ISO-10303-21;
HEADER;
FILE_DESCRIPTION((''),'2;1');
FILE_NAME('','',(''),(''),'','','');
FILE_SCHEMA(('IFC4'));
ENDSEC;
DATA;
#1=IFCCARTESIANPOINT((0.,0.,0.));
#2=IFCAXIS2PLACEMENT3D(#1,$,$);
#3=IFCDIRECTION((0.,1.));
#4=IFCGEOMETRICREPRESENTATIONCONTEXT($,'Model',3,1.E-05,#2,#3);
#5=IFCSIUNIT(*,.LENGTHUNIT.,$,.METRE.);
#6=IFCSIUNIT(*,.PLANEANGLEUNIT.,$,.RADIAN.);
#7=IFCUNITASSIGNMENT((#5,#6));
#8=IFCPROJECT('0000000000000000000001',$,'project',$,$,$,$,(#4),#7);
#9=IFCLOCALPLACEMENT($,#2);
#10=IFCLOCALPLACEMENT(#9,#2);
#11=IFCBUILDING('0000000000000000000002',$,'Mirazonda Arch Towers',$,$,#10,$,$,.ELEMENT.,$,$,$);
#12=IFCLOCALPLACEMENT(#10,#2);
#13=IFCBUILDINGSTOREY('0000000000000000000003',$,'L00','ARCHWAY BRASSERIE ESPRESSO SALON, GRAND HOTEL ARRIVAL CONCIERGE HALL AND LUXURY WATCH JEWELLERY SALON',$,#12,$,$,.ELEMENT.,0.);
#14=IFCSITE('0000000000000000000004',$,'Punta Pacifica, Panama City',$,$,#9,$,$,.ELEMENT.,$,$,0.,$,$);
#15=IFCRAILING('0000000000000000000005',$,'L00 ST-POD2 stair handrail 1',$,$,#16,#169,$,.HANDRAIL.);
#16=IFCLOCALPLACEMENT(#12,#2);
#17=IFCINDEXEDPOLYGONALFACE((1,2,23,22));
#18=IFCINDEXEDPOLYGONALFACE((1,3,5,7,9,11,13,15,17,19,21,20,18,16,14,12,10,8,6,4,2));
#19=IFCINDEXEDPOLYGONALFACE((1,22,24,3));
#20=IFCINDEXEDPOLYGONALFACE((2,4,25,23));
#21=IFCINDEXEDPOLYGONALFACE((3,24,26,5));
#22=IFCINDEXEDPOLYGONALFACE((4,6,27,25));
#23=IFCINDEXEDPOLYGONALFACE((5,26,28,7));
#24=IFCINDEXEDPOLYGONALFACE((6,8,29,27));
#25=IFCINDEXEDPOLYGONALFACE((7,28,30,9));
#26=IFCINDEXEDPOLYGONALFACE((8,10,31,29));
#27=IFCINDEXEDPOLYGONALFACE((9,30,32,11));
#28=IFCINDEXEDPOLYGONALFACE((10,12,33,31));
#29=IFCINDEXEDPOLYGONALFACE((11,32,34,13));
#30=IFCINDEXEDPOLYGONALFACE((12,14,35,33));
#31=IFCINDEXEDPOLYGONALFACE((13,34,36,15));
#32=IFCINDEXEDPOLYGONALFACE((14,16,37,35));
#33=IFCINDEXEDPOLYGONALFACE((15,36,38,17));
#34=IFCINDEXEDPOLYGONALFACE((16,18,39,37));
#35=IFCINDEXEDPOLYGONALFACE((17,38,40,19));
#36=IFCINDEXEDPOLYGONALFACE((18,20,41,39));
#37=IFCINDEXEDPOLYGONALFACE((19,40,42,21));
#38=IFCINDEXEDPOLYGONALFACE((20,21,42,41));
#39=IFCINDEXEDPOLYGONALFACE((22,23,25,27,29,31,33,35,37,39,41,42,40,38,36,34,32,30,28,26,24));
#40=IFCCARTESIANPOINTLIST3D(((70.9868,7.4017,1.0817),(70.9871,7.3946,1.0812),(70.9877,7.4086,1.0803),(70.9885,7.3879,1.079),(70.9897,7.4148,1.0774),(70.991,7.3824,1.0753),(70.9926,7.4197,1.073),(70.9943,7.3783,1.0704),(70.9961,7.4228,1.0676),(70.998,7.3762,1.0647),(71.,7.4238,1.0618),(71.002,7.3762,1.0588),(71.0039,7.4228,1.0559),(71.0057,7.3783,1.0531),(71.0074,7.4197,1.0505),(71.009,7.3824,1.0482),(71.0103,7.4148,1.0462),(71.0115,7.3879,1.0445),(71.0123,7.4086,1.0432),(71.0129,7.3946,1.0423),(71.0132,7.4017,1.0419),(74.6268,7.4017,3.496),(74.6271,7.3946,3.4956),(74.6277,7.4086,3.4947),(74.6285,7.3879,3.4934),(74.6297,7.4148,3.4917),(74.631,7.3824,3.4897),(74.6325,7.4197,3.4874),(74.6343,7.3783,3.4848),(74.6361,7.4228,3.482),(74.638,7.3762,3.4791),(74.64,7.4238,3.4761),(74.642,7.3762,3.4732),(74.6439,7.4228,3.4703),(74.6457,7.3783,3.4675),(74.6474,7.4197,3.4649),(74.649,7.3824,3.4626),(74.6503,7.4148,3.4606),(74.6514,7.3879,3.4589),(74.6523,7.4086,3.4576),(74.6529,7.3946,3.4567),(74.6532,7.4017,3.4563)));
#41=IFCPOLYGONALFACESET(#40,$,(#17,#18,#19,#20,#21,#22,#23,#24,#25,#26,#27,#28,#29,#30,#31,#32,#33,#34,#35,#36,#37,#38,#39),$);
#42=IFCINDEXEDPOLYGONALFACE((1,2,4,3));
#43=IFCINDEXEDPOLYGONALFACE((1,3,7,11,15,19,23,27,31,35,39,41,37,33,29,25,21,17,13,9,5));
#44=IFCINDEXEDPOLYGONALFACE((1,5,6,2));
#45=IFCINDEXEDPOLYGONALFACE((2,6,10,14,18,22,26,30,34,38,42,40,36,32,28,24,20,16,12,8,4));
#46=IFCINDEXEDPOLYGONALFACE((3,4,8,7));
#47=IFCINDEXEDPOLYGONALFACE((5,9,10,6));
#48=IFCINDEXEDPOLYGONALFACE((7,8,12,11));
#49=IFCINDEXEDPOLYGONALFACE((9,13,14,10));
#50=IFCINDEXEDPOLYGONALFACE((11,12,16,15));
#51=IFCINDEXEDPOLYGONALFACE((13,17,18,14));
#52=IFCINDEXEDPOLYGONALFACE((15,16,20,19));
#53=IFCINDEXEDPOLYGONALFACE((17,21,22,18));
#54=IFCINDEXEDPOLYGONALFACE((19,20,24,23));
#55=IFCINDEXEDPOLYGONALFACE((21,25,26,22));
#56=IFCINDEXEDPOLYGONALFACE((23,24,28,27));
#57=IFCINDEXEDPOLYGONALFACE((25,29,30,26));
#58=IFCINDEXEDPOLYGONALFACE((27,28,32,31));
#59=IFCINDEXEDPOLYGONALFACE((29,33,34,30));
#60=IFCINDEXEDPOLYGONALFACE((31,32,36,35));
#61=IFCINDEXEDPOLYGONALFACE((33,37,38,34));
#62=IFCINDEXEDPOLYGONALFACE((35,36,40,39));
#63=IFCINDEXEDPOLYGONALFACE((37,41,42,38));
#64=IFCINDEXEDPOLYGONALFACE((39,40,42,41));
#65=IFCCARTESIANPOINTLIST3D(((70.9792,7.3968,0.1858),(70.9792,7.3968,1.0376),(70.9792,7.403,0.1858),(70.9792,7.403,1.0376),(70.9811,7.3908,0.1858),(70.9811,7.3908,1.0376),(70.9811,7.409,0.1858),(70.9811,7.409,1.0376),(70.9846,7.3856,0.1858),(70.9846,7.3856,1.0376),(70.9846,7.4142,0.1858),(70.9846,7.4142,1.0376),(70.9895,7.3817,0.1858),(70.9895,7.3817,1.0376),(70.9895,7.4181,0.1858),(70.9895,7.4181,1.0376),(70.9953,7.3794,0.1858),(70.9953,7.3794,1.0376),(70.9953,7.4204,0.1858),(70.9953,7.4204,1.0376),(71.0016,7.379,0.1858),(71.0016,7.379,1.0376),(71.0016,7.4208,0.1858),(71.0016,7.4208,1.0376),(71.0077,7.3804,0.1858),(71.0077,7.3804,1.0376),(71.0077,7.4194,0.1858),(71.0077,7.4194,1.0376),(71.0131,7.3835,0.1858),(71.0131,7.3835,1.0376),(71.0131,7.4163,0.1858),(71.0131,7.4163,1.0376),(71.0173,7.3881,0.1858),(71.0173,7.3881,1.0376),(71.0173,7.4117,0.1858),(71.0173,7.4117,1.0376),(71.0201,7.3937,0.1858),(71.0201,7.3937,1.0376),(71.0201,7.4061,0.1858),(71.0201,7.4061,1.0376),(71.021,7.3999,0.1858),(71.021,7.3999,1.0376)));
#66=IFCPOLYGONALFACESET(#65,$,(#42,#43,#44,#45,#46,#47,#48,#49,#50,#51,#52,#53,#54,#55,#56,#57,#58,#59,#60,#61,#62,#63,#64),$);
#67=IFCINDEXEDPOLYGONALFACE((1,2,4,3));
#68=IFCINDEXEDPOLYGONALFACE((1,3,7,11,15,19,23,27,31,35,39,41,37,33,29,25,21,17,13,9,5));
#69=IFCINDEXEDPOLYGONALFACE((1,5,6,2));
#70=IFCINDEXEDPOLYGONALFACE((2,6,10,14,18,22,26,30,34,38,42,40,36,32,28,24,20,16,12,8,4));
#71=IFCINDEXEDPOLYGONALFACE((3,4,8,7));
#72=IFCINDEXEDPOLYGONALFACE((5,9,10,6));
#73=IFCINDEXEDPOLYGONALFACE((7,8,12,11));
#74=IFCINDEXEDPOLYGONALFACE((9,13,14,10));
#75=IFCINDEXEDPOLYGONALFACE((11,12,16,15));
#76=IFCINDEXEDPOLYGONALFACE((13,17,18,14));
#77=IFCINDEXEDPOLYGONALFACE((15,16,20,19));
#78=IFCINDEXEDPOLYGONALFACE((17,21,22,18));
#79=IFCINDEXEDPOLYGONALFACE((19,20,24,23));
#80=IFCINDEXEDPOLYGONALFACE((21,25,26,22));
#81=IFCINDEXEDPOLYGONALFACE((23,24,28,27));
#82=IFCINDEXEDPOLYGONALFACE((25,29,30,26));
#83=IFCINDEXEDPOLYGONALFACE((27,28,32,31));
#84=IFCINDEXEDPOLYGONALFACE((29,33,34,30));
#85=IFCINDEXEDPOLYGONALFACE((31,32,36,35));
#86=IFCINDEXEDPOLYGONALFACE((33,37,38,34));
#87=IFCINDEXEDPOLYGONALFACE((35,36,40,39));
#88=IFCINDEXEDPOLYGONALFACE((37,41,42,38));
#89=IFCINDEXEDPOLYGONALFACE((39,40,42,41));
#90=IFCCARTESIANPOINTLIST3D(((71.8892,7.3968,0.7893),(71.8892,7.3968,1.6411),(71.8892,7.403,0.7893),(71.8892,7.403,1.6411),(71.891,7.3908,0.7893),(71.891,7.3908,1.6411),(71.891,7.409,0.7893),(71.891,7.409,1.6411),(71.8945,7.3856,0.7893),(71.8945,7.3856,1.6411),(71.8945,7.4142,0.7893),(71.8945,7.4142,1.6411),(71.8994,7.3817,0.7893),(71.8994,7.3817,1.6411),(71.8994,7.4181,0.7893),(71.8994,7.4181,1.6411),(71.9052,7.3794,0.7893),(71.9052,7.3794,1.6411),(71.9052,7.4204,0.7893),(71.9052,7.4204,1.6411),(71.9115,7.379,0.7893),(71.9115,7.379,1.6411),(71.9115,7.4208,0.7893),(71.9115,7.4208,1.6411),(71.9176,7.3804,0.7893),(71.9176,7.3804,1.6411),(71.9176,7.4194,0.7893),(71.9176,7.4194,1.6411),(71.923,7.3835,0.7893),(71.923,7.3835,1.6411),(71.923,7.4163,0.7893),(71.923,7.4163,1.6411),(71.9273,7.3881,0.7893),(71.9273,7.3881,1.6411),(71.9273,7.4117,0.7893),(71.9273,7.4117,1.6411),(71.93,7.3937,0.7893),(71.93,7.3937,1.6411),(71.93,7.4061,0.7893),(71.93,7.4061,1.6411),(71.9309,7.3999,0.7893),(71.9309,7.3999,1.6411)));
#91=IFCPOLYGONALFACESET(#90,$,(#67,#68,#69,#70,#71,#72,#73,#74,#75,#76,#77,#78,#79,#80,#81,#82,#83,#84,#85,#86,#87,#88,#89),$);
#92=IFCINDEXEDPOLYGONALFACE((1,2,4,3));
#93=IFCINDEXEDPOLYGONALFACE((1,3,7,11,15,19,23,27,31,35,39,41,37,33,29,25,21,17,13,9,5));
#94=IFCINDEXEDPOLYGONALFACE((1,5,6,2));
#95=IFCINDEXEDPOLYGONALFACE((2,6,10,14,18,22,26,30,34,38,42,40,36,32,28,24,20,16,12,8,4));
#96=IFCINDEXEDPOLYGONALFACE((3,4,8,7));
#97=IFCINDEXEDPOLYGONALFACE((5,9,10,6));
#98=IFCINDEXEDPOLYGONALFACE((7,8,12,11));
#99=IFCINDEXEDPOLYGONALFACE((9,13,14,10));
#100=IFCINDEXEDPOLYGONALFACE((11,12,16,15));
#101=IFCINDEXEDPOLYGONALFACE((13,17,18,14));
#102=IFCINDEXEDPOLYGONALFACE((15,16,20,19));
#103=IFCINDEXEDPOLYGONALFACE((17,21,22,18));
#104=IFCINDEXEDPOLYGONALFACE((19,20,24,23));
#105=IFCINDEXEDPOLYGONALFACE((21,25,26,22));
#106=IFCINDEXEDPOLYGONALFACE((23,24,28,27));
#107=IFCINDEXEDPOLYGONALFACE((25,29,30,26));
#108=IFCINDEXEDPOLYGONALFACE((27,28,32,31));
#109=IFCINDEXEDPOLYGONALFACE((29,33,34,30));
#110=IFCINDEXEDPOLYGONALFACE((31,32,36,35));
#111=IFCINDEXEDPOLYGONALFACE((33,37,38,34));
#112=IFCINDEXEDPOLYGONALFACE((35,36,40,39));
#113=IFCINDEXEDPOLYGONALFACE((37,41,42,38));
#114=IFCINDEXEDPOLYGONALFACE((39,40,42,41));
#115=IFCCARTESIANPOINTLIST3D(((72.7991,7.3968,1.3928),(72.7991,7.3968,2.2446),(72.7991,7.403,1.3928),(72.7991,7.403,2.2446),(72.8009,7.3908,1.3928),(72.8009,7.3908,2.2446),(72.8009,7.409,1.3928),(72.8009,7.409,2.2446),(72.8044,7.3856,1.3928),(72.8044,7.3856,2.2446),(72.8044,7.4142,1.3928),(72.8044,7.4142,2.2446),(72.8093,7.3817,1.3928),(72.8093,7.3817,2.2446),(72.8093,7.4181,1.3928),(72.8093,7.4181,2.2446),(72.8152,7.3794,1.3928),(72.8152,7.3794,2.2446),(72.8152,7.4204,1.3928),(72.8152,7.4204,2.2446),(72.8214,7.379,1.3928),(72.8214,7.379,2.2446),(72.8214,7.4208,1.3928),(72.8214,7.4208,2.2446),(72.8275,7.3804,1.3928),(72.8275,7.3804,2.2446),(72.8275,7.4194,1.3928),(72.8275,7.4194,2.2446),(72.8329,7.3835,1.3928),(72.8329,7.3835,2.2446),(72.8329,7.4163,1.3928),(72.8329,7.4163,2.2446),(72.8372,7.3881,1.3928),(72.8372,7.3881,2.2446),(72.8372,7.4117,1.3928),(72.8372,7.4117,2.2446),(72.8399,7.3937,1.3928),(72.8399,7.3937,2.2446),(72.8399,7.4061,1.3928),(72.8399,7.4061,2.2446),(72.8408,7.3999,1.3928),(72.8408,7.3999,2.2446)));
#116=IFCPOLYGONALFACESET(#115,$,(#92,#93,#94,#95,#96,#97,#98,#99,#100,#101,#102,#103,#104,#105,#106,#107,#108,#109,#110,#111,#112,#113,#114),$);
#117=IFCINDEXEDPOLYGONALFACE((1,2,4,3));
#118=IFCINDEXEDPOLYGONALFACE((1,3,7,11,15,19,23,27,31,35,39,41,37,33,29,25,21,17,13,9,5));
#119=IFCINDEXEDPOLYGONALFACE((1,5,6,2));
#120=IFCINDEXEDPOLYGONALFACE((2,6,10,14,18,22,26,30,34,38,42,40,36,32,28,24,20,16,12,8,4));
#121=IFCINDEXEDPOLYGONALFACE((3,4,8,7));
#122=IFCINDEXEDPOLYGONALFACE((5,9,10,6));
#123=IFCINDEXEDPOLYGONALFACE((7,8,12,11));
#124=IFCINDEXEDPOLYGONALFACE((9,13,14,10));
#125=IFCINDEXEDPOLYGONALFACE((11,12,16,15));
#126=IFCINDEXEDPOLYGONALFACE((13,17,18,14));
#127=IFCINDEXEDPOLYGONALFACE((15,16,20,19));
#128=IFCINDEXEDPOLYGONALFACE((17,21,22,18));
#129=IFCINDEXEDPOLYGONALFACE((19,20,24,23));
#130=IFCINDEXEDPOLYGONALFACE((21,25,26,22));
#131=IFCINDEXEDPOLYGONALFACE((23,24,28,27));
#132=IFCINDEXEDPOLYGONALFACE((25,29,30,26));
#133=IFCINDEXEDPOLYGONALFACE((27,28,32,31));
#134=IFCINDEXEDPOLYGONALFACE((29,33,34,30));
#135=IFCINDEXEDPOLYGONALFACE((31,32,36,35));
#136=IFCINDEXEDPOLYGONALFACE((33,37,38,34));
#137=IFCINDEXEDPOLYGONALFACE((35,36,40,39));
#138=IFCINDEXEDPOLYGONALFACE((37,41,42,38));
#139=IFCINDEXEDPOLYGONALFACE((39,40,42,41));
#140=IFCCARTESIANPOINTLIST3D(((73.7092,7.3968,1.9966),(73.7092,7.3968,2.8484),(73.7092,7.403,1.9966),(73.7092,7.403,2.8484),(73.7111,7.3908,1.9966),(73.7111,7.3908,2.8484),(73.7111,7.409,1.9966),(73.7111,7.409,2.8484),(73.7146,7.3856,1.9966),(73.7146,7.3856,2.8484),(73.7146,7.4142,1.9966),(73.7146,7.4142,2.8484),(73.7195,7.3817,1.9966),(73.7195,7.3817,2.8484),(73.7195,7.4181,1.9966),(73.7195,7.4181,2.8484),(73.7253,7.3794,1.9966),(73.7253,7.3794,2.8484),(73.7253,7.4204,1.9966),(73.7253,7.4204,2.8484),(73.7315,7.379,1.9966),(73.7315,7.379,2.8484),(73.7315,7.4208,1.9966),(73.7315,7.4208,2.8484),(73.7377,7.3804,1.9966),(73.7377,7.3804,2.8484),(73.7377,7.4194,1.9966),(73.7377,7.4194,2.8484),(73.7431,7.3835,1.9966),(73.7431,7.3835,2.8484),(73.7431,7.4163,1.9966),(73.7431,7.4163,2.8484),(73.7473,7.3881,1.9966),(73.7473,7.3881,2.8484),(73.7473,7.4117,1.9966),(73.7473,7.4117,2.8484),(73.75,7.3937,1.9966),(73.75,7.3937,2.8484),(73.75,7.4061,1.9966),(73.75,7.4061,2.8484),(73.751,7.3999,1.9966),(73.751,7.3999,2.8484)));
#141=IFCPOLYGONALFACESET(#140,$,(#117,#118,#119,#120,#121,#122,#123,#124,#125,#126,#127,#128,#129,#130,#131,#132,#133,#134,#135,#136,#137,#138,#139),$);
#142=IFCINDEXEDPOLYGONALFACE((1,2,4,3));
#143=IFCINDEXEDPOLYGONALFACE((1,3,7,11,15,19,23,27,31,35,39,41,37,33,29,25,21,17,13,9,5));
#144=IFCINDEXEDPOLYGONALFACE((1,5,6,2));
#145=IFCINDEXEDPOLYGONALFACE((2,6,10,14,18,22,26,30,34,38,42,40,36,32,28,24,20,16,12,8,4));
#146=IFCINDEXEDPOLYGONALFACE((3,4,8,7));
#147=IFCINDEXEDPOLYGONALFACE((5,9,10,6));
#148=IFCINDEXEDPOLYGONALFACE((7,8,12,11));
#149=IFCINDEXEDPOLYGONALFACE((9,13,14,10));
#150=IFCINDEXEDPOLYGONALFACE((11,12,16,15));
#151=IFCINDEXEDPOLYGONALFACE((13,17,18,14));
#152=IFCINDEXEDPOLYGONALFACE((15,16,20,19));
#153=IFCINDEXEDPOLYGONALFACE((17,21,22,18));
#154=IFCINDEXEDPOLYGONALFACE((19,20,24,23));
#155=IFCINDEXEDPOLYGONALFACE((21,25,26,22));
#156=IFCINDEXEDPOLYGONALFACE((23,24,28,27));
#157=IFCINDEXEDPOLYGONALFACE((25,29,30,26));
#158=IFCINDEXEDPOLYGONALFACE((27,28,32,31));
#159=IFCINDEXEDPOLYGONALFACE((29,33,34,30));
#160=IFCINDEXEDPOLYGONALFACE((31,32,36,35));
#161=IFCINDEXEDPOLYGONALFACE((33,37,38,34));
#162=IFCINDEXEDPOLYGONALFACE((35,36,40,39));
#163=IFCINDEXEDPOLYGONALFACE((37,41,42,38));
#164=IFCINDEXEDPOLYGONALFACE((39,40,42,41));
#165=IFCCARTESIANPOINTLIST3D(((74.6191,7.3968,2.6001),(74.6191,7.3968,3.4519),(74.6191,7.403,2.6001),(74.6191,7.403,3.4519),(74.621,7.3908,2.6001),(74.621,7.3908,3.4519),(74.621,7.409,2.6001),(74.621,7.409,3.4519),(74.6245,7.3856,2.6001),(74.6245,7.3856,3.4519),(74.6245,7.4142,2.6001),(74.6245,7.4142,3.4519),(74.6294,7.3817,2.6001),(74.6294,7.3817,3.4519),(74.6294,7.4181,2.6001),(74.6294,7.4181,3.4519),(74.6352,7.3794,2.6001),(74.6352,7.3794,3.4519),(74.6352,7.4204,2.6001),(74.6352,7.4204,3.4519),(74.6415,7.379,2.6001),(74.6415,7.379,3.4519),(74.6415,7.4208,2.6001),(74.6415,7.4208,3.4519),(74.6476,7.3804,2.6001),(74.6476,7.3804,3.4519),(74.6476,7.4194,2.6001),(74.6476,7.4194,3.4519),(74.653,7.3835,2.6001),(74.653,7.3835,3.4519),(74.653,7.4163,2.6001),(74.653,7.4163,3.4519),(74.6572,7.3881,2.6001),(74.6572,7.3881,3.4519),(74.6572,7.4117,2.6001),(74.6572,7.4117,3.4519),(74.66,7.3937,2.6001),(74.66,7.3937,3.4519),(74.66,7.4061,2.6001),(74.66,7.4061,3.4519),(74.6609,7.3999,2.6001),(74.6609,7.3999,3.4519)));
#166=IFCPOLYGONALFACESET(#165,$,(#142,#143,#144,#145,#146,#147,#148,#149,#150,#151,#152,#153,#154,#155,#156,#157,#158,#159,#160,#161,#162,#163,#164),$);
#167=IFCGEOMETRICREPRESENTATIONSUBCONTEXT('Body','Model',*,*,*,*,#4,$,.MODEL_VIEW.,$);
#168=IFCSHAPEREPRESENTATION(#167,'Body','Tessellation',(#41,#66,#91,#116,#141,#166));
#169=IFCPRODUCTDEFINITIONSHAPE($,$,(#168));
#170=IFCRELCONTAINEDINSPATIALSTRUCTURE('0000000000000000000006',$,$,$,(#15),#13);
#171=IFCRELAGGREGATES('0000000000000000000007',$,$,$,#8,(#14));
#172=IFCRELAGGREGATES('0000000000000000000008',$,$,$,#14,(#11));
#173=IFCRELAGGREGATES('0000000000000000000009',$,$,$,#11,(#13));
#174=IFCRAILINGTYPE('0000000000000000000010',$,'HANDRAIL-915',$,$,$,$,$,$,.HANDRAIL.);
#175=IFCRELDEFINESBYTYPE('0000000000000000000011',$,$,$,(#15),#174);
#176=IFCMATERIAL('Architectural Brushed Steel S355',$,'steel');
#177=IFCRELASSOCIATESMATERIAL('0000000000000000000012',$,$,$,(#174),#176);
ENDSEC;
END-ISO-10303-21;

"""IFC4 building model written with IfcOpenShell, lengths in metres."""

from ifc_helpers import new_model, si_unit, direction, frame, origin, origin_2d, place, context, subcontext, project, spatial, circle, extrude, material, type_object, element, save


model = new_model("IFC4")

# Units and contexts
model_context = context("Model", 3, precision=1e-05, world=origin(), true_north=direction((0.0, 1.0)))
body_context = subcontext(model_context, "Body", "Model", "MODEL_VIEW")
ifc_project = project(units=[si_unit("LENGTHUNIT", "METRE"), si_unit("PLANEANGLEUNIT", "RADIAN")], contexts=[model_context])

# Site, building, storey
site_placement = place(None, origin())
site = spatial("IfcSite", under=ifc_project, at=site_placement, Name="Punta Pacifica, Panama City", CompositionType="ELEMENT", RefElevation=0.0)
building_placement = place(site_placement, origin())
building = spatial("IfcBuilding", under=site, at=building_placement, Name="Mirazonda Arch Towers", CompositionType="ELEMENT")
storey_placement = place(building_placement, origin())
storey = spatial("IfcBuildingStorey", under=building, at=storey_placement, Name="L00", Description="ARCHWAY BRASSERIE ESPRESSO SALON, GRAND HOTEL ARRIVAL CONCIERGE HALL AND LUXURY WATCH JEWELLERY SALON", CompositionType="ELEMENT", Elevation=0.0)

# Shared definitions
ifc_material_1 = material(Name="Architectural Brushed Steel S355", Category="steel")

# Railing
railing_type_1 = type_object("IfcRailingType", Name="HANDRAIL-915", PredefinedType="HANDRAIL", material=ifc_material_1)
railing_1_placement = place(storey_placement, frame((71.0, 7.3999, 0.1858)))
element("IfcRailing", 1, at=railing_1_placement, inside=storey, type_object=railing_type_1, Name="L00 ST-POD2 stair handrail 1", PredefinedType="HANDRAIL", context=body_context, shape_type="SweptSolid", body=[
    extrude(circle(Radius=0.0239, at=origin_2d()), frame((0.0, 0.0, 0.876), z_axis=(0.833347, 0.0, 0.552751), x_axis=(0.0, 1.0, 0.0)), (0.0, 0.0, 1.0), 4.3679),
    extrude(circle(Radius=0.021, at=origin_2d()), origin(), (0.0, 0.0, 1.0), 0.8518),
    extrude(circle(Radius=0.021, at=origin_2d()), frame((0.9099, 0.0, 0.6035)), (0.0, 0.0, 1.0), 0.8518),
    extrude(circle(Radius=0.021, at=origin_2d()), frame((1.8198, 0.0, 1.207)), (0.0, 0.0, 1.0), 0.8518),
    extrude(circle(Radius=0.021, at=origin_2d()), frame((2.73, 0.0, 1.8108)), (0.0, 0.0, 1.0), 0.8518),
    extrude(circle(Radius=0.021, at=origin_2d()), frame((3.6399, 0.0, 2.4143)), (0.0, 0.0, 1.0), 0.8518),
])

save(model, "model.ifc")
